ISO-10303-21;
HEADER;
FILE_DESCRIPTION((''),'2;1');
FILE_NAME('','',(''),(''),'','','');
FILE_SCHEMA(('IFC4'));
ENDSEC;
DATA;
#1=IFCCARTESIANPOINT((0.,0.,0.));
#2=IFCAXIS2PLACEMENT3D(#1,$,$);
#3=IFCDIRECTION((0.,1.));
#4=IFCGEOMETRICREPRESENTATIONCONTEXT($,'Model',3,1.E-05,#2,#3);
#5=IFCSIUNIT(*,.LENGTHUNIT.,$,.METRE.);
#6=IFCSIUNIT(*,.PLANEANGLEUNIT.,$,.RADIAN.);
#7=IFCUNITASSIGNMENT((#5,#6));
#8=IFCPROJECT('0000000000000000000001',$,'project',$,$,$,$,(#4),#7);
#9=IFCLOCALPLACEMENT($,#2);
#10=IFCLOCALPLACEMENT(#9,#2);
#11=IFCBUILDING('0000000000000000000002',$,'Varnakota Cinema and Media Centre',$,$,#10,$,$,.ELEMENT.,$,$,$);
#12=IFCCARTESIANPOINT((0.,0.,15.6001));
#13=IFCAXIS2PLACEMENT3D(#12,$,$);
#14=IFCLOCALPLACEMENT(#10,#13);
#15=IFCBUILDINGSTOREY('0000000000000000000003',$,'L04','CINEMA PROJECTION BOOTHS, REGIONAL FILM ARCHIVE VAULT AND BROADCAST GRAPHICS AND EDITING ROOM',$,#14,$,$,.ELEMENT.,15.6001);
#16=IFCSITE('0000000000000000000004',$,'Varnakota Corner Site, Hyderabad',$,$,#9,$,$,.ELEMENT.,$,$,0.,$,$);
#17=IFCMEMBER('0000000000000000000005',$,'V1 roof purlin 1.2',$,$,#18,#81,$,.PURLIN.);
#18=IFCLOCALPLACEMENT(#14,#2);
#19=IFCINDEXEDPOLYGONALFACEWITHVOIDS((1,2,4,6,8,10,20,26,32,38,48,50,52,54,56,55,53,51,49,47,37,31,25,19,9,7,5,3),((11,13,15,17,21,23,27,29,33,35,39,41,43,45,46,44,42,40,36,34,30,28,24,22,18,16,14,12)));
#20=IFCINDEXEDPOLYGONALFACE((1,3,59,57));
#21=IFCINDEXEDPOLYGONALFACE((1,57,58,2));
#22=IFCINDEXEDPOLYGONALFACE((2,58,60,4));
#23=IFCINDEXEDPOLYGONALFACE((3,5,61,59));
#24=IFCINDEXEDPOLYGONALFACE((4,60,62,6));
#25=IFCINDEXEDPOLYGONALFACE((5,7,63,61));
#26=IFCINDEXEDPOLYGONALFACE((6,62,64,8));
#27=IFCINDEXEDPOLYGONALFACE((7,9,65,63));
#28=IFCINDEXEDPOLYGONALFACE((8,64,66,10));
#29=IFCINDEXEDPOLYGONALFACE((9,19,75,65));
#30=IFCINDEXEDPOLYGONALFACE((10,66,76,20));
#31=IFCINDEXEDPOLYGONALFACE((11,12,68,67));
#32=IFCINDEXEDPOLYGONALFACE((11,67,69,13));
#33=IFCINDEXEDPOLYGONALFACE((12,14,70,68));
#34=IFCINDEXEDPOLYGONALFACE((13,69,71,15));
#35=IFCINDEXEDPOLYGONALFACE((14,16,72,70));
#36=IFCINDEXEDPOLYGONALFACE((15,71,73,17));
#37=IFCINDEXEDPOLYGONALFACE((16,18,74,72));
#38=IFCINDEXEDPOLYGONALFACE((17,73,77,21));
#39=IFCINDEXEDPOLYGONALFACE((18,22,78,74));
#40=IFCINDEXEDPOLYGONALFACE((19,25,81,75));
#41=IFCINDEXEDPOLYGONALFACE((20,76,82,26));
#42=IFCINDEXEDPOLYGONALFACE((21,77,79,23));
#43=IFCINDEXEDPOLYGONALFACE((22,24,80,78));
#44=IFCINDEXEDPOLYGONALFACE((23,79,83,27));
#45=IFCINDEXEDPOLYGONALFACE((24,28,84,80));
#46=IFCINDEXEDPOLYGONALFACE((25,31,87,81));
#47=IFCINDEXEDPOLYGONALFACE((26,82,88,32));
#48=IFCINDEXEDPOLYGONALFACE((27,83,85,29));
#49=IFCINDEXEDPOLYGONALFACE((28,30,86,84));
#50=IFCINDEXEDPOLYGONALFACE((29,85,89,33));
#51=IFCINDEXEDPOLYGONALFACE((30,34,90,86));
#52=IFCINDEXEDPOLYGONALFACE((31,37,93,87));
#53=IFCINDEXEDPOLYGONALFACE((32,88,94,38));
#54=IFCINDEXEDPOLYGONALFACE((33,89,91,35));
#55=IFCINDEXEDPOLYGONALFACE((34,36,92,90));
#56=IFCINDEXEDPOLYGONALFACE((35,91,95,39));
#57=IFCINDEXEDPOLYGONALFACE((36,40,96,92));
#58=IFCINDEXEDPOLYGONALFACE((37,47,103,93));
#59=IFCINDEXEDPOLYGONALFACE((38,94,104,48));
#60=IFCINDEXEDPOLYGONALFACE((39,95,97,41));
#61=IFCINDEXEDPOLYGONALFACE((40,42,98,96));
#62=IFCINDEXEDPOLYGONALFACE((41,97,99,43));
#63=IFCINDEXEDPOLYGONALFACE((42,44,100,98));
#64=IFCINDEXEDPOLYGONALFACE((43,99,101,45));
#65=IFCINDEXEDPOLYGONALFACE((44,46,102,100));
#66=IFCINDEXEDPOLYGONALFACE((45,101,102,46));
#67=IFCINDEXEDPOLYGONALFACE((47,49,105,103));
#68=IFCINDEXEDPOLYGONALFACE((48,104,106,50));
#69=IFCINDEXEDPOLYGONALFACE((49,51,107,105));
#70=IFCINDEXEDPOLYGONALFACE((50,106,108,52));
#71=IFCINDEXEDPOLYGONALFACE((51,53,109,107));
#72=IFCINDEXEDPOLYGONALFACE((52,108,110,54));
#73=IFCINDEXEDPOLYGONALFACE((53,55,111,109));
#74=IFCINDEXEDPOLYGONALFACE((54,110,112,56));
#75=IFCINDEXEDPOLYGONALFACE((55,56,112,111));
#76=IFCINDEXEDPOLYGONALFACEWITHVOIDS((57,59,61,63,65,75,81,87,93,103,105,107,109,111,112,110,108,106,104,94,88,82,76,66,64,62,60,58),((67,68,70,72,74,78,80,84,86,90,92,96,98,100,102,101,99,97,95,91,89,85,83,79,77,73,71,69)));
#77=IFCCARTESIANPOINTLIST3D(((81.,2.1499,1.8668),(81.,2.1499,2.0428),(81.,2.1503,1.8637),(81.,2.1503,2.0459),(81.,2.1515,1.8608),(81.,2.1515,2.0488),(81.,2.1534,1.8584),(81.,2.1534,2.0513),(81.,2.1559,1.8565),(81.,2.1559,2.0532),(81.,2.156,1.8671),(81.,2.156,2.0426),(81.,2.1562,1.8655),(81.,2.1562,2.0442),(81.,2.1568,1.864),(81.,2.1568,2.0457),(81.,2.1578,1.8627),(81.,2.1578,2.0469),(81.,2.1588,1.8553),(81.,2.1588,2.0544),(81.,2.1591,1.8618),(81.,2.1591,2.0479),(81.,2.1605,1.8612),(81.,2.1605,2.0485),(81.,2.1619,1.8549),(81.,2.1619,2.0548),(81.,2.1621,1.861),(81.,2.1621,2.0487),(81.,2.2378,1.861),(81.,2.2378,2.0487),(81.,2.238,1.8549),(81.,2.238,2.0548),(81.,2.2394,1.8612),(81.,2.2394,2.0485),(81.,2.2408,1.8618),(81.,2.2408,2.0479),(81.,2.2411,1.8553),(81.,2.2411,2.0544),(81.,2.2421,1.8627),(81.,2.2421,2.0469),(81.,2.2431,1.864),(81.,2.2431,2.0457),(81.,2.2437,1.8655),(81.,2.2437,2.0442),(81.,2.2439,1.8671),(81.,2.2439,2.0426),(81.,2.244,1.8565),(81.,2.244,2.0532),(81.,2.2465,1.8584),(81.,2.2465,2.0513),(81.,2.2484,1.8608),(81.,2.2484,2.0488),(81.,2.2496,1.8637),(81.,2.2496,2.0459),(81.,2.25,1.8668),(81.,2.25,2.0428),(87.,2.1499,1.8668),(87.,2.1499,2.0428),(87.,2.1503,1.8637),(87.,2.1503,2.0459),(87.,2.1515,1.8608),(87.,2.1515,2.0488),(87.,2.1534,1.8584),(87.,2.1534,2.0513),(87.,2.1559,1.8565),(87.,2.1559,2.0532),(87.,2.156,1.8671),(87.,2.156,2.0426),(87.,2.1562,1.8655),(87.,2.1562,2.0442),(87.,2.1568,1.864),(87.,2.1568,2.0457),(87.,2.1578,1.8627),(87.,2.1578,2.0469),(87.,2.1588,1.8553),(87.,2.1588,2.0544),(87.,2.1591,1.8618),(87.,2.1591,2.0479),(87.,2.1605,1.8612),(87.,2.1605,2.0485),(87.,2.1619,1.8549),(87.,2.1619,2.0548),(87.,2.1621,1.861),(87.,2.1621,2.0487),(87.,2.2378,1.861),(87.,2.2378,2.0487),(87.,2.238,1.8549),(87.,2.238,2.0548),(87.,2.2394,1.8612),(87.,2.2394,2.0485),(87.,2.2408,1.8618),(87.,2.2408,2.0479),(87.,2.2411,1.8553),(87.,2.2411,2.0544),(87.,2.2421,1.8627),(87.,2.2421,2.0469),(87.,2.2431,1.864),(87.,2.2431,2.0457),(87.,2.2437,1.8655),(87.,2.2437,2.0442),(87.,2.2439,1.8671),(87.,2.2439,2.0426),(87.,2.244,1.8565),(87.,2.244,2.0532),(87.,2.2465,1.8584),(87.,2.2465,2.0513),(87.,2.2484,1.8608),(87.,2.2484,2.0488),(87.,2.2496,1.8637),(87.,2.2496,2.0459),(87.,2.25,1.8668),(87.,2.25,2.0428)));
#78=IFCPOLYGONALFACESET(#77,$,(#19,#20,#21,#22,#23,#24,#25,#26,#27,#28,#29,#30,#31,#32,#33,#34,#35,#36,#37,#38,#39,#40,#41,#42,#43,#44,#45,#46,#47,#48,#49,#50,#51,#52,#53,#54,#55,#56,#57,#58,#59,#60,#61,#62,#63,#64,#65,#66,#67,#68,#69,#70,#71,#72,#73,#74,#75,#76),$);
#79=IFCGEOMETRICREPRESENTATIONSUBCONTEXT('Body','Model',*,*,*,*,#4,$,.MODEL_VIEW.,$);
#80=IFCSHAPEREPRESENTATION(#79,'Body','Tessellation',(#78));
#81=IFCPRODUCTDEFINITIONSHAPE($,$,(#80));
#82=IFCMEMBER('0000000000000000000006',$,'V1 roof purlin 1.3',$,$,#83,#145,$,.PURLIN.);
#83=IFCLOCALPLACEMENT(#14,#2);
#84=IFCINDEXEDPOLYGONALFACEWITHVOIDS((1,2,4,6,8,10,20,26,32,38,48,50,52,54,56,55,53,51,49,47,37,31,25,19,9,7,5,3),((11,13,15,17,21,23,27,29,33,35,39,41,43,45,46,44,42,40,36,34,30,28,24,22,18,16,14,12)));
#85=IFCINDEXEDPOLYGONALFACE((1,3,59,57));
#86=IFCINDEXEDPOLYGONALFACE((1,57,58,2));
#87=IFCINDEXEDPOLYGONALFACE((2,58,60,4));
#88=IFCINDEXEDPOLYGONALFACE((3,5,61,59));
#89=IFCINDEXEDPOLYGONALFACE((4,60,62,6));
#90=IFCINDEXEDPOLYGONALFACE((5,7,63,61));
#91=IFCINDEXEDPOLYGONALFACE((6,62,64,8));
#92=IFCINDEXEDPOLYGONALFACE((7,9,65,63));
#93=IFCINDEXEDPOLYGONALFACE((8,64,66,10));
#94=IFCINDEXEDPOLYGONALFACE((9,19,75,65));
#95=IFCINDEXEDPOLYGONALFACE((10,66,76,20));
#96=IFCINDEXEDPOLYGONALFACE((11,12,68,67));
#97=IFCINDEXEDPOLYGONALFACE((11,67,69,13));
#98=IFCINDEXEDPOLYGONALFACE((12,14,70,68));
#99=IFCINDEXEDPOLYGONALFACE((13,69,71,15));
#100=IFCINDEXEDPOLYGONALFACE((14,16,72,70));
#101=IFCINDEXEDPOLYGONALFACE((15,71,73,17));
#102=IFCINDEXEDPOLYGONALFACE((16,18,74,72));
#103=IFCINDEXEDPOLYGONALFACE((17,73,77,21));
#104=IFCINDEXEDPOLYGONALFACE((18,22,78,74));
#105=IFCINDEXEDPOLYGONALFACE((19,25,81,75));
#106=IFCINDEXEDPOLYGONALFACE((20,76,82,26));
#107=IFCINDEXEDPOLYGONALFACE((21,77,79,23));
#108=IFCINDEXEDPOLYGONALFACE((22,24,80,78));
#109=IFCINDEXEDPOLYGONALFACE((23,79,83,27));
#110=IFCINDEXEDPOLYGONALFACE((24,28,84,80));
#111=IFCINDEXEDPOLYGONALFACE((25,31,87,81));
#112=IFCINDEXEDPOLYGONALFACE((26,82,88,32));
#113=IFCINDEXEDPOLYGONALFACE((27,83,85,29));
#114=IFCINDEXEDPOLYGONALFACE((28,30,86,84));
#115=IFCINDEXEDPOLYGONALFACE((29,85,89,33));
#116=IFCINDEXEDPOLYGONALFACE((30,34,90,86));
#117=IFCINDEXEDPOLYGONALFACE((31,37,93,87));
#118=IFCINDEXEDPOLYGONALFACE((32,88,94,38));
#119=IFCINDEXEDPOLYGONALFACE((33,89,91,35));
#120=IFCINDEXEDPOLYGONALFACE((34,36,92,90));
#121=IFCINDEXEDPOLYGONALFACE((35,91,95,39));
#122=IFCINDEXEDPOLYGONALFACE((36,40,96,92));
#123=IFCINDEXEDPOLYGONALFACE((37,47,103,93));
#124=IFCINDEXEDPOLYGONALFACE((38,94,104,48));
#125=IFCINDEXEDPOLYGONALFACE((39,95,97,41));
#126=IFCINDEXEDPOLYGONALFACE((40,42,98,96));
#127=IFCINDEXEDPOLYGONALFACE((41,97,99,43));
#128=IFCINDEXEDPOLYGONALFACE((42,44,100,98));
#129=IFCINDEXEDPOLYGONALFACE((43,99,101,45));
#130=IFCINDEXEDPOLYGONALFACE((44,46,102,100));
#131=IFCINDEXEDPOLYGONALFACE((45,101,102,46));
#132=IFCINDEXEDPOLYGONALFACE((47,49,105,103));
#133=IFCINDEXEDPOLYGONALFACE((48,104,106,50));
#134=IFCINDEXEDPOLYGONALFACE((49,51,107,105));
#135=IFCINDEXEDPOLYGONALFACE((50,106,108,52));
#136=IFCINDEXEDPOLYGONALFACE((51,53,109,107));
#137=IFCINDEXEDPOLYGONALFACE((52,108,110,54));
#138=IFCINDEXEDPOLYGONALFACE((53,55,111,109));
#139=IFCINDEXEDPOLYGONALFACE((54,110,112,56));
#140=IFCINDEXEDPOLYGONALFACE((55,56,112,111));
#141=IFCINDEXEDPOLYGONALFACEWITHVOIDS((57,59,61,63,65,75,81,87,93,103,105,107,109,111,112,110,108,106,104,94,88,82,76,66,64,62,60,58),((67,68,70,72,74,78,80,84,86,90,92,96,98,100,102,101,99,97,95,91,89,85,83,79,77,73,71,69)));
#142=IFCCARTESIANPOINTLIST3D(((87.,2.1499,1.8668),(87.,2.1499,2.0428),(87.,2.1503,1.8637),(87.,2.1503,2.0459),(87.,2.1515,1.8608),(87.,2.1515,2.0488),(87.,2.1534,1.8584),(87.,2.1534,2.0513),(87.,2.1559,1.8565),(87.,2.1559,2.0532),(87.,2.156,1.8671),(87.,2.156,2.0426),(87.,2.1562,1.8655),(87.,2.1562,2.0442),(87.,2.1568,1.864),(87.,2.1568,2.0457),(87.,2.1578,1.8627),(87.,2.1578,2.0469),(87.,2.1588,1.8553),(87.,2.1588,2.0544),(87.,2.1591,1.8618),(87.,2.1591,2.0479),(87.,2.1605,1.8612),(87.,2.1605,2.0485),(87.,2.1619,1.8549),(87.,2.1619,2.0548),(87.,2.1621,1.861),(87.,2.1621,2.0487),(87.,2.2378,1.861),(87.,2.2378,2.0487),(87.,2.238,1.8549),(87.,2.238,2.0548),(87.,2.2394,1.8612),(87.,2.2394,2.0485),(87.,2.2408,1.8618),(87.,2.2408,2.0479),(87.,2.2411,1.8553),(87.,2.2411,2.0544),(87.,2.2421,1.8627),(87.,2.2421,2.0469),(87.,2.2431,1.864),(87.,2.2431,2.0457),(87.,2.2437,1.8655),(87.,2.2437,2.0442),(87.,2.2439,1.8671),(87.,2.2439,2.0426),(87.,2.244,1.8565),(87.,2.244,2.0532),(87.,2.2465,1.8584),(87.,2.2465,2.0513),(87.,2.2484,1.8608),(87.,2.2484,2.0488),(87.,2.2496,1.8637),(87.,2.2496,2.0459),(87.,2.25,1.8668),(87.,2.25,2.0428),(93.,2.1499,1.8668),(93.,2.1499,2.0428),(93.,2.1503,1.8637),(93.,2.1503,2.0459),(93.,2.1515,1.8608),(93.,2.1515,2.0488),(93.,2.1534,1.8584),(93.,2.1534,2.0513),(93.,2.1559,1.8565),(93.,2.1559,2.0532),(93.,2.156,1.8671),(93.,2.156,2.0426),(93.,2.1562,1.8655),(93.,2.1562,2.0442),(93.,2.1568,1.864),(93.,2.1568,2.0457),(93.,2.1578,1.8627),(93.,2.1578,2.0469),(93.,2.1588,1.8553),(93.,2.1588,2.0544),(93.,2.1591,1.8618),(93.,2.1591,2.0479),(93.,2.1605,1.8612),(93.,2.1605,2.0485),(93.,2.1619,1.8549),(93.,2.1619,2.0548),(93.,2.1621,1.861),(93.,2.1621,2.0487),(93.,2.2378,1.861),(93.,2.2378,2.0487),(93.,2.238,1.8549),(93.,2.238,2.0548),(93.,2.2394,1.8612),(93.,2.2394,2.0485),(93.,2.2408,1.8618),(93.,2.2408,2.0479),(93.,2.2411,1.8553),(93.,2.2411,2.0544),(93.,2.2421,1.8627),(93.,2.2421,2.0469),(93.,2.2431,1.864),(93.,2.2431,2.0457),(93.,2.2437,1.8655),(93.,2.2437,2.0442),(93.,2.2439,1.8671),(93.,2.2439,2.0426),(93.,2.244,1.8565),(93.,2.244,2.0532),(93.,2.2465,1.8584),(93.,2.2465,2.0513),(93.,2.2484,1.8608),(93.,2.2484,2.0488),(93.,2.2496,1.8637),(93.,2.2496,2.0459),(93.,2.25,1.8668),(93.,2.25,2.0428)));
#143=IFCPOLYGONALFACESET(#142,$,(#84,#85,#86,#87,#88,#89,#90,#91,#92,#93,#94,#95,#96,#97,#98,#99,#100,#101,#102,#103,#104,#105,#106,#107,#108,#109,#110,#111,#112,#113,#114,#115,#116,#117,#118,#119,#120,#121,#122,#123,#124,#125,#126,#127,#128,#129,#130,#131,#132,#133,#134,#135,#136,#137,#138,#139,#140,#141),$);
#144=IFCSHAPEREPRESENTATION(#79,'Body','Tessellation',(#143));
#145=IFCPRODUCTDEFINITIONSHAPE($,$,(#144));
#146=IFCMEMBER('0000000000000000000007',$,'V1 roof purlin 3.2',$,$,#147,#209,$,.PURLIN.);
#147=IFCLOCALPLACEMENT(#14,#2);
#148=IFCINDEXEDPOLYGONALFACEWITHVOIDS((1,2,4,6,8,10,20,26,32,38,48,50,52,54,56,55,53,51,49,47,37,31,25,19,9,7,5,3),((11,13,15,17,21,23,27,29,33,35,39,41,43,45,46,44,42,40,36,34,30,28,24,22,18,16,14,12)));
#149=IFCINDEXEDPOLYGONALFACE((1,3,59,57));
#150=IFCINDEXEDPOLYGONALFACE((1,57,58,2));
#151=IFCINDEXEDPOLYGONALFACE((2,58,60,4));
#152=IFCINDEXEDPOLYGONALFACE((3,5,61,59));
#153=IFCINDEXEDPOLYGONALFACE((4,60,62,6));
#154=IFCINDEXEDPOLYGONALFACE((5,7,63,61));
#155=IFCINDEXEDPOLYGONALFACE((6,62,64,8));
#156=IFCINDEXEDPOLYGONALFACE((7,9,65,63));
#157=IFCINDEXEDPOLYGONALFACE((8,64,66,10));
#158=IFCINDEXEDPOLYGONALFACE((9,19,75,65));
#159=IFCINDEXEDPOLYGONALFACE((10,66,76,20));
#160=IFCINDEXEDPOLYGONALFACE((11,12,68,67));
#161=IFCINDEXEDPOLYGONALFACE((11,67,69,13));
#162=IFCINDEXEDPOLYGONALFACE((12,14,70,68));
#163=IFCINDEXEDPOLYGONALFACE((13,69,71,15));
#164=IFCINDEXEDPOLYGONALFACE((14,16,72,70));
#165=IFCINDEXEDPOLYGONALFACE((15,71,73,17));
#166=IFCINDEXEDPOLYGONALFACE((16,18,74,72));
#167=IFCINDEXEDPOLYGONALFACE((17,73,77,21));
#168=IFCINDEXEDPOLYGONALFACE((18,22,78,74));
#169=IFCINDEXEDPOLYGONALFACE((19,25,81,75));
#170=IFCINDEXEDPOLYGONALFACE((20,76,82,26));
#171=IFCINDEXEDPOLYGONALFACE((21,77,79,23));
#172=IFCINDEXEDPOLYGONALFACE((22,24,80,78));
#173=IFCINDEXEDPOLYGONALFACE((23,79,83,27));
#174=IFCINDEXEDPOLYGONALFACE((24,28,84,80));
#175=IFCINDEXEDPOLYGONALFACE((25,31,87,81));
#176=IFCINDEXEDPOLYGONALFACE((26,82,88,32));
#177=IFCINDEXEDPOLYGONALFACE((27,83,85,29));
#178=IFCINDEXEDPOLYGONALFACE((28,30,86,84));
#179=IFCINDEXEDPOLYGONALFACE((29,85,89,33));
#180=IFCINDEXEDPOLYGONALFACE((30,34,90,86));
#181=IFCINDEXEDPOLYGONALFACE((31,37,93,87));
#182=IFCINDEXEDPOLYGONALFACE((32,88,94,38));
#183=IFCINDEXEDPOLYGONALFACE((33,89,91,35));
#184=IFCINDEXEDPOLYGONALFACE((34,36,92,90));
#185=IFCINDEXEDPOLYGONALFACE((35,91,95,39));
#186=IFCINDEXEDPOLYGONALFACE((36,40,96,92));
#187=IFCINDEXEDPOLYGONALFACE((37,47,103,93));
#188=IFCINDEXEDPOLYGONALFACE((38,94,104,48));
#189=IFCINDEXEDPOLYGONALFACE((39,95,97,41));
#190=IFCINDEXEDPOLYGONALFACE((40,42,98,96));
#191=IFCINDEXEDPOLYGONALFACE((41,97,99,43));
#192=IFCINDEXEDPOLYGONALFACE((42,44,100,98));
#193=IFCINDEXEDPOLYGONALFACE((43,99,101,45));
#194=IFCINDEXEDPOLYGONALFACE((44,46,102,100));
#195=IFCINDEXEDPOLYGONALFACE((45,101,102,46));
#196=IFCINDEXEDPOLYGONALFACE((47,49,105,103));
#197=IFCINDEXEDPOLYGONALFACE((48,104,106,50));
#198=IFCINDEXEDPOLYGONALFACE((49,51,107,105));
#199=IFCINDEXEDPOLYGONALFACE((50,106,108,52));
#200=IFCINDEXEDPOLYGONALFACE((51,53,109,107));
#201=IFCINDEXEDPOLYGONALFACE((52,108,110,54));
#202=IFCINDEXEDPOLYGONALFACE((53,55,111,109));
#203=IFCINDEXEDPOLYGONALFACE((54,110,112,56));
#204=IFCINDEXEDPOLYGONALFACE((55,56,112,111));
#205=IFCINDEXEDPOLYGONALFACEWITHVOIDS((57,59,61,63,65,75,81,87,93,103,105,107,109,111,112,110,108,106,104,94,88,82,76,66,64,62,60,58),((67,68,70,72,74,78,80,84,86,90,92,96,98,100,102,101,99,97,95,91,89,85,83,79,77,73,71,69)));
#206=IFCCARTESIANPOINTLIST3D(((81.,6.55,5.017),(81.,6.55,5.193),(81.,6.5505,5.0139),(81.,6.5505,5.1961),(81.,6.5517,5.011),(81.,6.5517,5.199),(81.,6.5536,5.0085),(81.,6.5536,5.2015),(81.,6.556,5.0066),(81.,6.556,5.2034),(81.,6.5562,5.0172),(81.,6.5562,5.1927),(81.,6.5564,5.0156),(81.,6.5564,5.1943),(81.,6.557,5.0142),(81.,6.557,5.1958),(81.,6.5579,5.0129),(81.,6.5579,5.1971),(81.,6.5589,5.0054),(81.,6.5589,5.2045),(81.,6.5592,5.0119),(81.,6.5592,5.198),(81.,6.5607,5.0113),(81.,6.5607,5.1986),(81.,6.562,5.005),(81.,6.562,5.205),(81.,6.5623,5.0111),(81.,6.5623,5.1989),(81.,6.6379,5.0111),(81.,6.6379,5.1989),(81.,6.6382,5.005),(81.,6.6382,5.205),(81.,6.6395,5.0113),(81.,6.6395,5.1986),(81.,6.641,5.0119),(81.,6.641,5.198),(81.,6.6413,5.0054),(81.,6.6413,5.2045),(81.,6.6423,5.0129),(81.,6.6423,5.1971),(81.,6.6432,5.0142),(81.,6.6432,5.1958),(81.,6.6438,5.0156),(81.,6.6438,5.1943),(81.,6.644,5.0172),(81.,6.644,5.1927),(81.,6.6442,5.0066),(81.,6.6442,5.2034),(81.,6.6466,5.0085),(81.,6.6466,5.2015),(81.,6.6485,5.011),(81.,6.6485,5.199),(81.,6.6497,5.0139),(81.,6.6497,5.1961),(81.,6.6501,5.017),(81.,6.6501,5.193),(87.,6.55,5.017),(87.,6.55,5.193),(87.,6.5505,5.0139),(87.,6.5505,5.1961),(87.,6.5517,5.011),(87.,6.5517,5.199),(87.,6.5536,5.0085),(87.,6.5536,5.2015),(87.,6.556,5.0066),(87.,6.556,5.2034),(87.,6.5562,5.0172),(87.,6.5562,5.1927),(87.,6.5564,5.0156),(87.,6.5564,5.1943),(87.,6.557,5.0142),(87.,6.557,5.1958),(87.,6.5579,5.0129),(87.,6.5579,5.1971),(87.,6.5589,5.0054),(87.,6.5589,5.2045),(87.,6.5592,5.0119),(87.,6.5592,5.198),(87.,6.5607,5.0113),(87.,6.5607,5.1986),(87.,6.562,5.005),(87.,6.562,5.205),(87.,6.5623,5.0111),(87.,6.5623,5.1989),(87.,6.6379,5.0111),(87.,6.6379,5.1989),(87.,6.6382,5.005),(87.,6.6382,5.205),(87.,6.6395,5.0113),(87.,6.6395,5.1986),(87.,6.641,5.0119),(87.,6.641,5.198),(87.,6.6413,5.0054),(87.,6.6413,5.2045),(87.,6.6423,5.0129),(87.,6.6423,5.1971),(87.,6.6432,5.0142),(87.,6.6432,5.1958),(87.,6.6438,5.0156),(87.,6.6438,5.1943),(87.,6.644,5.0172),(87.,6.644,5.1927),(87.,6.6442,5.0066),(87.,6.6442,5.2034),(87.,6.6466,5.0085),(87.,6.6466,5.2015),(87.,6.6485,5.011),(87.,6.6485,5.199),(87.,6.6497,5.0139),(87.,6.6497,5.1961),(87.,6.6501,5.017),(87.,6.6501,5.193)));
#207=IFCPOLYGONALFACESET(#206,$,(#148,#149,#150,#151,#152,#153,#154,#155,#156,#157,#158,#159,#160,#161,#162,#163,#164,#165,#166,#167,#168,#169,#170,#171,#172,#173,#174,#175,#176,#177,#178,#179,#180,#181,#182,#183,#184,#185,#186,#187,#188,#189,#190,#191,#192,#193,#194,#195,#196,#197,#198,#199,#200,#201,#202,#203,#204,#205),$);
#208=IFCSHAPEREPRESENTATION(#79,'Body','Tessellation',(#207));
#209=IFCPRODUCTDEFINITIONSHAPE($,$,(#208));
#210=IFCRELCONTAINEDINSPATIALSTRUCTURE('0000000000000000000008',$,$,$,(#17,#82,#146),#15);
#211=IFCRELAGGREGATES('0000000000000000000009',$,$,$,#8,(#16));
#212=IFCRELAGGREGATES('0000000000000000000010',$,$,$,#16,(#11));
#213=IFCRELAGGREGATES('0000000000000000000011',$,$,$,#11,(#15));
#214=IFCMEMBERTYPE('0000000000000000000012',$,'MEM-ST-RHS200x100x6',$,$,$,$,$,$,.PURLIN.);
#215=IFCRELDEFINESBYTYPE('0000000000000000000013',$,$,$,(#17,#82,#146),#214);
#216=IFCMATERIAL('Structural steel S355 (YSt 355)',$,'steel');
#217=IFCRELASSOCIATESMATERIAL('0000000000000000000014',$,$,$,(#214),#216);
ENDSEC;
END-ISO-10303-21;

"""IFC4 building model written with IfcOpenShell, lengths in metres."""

from ifc_helpers import new_model, si_unit, direction, frame, origin, origin_2d, place, context, subcontext, project, spatial, hollow_rectangle, extrude, material, material_profile, profile_set, type_object, element, save


model = new_model("IFC4")

# Units and contexts
model_context = context("Model", 3, precision=1e-05, world=origin(), true_north=direction((0.0, 1.0)))
body_context = subcontext(model_context, "Body", "Model", "MODEL_VIEW")
ifc_project = project(units=[si_unit("LENGTHUNIT", "METRE"), si_unit("PLANEANGLEUNIT", "RADIAN")], contexts=[model_context])

# Site, building, storey
site_placement = place(None, origin())
site = spatial("IfcSite", under=ifc_project, at=site_placement, Name="Varnakota Corner Site, Hyderabad", CompositionType="ELEMENT", RefElevation=0.0)
building_placement = place(site_placement, origin())
building = spatial("IfcBuilding", under=site, at=building_placement, Name="Varnakota Cinema and Media Centre", CompositionType="ELEMENT")
storey_placement = place(building_placement, frame((0.0, 0.0, 15.6001)))
storey = spatial("IfcBuildingStorey", under=building, at=storey_placement, Name="L04", Description="CINEMA PROJECTION BOOTHS, REGIONAL FILM ARCHIVE VAULT AND BROADCAST GRAPHICS AND EDITING ROOM", CompositionType="ELEMENT", Elevation=15.6001)

# Members
ifc_material_1 = material(Name="Structural steel S355 (YSt 355)", Category="steel")
ifc_material_profile_1 = material_profile(ifc_material_1, hollow_rectangle(XDim=0.1001, YDim=0.2, WallThickness=0.0061, InnerFilletRadius=0.0061, OuterFilletRadius=0.012, at=origin_2d()), Name="RHS 200x100x6")
ifc_profile_set_1 = profile_set([ifc_material_profile_1], Name="Structural steel S355 (YSt 355)")
member_type_1 = type_object("IfcMemberType", Name="MEM-ST-RHS200x100x6", PredefinedType="PURLIN", material=ifc_profile_set_1)
for number, where, z_axis, x_axis, name in (
    (1, (81.0, 2.2, 1.9548), (1.0, 0.0, 0.0), (0.0, 1.0, 0.0), "V1 roof purlin 1.2"),
    (2, (87.0, 2.2, 1.9548), (1.0, 0.0, 0.0), (0.0, 1.0, 0.0), "V1 roof purlin 1.3"),
    (3, (81.0, 6.6001, 5.105), (1.0, 0.0, 0.0), (0.0, 1.0, 0.0), "V1 roof purlin 3.2"),
):
    element("IfcMember", number, at=place(storey_placement, frame(where, z_axis=z_axis, x_axis=x_axis)), inside=storey, type_object=member_type_1, Name=name, PredefinedType="PURLIN", context=body_context, shape_type="SweptSolid", body=[
        extrude(hollow_rectangle(XDim=0.1001, YDim=0.2, WallThickness=0.0061, InnerFilletRadius=0.0061, OuterFilletRadius=0.012, at=origin_2d()), origin(), (0.0, 0.0, 1.0), 6.0),
    ])

save(model, "model.ifc")
